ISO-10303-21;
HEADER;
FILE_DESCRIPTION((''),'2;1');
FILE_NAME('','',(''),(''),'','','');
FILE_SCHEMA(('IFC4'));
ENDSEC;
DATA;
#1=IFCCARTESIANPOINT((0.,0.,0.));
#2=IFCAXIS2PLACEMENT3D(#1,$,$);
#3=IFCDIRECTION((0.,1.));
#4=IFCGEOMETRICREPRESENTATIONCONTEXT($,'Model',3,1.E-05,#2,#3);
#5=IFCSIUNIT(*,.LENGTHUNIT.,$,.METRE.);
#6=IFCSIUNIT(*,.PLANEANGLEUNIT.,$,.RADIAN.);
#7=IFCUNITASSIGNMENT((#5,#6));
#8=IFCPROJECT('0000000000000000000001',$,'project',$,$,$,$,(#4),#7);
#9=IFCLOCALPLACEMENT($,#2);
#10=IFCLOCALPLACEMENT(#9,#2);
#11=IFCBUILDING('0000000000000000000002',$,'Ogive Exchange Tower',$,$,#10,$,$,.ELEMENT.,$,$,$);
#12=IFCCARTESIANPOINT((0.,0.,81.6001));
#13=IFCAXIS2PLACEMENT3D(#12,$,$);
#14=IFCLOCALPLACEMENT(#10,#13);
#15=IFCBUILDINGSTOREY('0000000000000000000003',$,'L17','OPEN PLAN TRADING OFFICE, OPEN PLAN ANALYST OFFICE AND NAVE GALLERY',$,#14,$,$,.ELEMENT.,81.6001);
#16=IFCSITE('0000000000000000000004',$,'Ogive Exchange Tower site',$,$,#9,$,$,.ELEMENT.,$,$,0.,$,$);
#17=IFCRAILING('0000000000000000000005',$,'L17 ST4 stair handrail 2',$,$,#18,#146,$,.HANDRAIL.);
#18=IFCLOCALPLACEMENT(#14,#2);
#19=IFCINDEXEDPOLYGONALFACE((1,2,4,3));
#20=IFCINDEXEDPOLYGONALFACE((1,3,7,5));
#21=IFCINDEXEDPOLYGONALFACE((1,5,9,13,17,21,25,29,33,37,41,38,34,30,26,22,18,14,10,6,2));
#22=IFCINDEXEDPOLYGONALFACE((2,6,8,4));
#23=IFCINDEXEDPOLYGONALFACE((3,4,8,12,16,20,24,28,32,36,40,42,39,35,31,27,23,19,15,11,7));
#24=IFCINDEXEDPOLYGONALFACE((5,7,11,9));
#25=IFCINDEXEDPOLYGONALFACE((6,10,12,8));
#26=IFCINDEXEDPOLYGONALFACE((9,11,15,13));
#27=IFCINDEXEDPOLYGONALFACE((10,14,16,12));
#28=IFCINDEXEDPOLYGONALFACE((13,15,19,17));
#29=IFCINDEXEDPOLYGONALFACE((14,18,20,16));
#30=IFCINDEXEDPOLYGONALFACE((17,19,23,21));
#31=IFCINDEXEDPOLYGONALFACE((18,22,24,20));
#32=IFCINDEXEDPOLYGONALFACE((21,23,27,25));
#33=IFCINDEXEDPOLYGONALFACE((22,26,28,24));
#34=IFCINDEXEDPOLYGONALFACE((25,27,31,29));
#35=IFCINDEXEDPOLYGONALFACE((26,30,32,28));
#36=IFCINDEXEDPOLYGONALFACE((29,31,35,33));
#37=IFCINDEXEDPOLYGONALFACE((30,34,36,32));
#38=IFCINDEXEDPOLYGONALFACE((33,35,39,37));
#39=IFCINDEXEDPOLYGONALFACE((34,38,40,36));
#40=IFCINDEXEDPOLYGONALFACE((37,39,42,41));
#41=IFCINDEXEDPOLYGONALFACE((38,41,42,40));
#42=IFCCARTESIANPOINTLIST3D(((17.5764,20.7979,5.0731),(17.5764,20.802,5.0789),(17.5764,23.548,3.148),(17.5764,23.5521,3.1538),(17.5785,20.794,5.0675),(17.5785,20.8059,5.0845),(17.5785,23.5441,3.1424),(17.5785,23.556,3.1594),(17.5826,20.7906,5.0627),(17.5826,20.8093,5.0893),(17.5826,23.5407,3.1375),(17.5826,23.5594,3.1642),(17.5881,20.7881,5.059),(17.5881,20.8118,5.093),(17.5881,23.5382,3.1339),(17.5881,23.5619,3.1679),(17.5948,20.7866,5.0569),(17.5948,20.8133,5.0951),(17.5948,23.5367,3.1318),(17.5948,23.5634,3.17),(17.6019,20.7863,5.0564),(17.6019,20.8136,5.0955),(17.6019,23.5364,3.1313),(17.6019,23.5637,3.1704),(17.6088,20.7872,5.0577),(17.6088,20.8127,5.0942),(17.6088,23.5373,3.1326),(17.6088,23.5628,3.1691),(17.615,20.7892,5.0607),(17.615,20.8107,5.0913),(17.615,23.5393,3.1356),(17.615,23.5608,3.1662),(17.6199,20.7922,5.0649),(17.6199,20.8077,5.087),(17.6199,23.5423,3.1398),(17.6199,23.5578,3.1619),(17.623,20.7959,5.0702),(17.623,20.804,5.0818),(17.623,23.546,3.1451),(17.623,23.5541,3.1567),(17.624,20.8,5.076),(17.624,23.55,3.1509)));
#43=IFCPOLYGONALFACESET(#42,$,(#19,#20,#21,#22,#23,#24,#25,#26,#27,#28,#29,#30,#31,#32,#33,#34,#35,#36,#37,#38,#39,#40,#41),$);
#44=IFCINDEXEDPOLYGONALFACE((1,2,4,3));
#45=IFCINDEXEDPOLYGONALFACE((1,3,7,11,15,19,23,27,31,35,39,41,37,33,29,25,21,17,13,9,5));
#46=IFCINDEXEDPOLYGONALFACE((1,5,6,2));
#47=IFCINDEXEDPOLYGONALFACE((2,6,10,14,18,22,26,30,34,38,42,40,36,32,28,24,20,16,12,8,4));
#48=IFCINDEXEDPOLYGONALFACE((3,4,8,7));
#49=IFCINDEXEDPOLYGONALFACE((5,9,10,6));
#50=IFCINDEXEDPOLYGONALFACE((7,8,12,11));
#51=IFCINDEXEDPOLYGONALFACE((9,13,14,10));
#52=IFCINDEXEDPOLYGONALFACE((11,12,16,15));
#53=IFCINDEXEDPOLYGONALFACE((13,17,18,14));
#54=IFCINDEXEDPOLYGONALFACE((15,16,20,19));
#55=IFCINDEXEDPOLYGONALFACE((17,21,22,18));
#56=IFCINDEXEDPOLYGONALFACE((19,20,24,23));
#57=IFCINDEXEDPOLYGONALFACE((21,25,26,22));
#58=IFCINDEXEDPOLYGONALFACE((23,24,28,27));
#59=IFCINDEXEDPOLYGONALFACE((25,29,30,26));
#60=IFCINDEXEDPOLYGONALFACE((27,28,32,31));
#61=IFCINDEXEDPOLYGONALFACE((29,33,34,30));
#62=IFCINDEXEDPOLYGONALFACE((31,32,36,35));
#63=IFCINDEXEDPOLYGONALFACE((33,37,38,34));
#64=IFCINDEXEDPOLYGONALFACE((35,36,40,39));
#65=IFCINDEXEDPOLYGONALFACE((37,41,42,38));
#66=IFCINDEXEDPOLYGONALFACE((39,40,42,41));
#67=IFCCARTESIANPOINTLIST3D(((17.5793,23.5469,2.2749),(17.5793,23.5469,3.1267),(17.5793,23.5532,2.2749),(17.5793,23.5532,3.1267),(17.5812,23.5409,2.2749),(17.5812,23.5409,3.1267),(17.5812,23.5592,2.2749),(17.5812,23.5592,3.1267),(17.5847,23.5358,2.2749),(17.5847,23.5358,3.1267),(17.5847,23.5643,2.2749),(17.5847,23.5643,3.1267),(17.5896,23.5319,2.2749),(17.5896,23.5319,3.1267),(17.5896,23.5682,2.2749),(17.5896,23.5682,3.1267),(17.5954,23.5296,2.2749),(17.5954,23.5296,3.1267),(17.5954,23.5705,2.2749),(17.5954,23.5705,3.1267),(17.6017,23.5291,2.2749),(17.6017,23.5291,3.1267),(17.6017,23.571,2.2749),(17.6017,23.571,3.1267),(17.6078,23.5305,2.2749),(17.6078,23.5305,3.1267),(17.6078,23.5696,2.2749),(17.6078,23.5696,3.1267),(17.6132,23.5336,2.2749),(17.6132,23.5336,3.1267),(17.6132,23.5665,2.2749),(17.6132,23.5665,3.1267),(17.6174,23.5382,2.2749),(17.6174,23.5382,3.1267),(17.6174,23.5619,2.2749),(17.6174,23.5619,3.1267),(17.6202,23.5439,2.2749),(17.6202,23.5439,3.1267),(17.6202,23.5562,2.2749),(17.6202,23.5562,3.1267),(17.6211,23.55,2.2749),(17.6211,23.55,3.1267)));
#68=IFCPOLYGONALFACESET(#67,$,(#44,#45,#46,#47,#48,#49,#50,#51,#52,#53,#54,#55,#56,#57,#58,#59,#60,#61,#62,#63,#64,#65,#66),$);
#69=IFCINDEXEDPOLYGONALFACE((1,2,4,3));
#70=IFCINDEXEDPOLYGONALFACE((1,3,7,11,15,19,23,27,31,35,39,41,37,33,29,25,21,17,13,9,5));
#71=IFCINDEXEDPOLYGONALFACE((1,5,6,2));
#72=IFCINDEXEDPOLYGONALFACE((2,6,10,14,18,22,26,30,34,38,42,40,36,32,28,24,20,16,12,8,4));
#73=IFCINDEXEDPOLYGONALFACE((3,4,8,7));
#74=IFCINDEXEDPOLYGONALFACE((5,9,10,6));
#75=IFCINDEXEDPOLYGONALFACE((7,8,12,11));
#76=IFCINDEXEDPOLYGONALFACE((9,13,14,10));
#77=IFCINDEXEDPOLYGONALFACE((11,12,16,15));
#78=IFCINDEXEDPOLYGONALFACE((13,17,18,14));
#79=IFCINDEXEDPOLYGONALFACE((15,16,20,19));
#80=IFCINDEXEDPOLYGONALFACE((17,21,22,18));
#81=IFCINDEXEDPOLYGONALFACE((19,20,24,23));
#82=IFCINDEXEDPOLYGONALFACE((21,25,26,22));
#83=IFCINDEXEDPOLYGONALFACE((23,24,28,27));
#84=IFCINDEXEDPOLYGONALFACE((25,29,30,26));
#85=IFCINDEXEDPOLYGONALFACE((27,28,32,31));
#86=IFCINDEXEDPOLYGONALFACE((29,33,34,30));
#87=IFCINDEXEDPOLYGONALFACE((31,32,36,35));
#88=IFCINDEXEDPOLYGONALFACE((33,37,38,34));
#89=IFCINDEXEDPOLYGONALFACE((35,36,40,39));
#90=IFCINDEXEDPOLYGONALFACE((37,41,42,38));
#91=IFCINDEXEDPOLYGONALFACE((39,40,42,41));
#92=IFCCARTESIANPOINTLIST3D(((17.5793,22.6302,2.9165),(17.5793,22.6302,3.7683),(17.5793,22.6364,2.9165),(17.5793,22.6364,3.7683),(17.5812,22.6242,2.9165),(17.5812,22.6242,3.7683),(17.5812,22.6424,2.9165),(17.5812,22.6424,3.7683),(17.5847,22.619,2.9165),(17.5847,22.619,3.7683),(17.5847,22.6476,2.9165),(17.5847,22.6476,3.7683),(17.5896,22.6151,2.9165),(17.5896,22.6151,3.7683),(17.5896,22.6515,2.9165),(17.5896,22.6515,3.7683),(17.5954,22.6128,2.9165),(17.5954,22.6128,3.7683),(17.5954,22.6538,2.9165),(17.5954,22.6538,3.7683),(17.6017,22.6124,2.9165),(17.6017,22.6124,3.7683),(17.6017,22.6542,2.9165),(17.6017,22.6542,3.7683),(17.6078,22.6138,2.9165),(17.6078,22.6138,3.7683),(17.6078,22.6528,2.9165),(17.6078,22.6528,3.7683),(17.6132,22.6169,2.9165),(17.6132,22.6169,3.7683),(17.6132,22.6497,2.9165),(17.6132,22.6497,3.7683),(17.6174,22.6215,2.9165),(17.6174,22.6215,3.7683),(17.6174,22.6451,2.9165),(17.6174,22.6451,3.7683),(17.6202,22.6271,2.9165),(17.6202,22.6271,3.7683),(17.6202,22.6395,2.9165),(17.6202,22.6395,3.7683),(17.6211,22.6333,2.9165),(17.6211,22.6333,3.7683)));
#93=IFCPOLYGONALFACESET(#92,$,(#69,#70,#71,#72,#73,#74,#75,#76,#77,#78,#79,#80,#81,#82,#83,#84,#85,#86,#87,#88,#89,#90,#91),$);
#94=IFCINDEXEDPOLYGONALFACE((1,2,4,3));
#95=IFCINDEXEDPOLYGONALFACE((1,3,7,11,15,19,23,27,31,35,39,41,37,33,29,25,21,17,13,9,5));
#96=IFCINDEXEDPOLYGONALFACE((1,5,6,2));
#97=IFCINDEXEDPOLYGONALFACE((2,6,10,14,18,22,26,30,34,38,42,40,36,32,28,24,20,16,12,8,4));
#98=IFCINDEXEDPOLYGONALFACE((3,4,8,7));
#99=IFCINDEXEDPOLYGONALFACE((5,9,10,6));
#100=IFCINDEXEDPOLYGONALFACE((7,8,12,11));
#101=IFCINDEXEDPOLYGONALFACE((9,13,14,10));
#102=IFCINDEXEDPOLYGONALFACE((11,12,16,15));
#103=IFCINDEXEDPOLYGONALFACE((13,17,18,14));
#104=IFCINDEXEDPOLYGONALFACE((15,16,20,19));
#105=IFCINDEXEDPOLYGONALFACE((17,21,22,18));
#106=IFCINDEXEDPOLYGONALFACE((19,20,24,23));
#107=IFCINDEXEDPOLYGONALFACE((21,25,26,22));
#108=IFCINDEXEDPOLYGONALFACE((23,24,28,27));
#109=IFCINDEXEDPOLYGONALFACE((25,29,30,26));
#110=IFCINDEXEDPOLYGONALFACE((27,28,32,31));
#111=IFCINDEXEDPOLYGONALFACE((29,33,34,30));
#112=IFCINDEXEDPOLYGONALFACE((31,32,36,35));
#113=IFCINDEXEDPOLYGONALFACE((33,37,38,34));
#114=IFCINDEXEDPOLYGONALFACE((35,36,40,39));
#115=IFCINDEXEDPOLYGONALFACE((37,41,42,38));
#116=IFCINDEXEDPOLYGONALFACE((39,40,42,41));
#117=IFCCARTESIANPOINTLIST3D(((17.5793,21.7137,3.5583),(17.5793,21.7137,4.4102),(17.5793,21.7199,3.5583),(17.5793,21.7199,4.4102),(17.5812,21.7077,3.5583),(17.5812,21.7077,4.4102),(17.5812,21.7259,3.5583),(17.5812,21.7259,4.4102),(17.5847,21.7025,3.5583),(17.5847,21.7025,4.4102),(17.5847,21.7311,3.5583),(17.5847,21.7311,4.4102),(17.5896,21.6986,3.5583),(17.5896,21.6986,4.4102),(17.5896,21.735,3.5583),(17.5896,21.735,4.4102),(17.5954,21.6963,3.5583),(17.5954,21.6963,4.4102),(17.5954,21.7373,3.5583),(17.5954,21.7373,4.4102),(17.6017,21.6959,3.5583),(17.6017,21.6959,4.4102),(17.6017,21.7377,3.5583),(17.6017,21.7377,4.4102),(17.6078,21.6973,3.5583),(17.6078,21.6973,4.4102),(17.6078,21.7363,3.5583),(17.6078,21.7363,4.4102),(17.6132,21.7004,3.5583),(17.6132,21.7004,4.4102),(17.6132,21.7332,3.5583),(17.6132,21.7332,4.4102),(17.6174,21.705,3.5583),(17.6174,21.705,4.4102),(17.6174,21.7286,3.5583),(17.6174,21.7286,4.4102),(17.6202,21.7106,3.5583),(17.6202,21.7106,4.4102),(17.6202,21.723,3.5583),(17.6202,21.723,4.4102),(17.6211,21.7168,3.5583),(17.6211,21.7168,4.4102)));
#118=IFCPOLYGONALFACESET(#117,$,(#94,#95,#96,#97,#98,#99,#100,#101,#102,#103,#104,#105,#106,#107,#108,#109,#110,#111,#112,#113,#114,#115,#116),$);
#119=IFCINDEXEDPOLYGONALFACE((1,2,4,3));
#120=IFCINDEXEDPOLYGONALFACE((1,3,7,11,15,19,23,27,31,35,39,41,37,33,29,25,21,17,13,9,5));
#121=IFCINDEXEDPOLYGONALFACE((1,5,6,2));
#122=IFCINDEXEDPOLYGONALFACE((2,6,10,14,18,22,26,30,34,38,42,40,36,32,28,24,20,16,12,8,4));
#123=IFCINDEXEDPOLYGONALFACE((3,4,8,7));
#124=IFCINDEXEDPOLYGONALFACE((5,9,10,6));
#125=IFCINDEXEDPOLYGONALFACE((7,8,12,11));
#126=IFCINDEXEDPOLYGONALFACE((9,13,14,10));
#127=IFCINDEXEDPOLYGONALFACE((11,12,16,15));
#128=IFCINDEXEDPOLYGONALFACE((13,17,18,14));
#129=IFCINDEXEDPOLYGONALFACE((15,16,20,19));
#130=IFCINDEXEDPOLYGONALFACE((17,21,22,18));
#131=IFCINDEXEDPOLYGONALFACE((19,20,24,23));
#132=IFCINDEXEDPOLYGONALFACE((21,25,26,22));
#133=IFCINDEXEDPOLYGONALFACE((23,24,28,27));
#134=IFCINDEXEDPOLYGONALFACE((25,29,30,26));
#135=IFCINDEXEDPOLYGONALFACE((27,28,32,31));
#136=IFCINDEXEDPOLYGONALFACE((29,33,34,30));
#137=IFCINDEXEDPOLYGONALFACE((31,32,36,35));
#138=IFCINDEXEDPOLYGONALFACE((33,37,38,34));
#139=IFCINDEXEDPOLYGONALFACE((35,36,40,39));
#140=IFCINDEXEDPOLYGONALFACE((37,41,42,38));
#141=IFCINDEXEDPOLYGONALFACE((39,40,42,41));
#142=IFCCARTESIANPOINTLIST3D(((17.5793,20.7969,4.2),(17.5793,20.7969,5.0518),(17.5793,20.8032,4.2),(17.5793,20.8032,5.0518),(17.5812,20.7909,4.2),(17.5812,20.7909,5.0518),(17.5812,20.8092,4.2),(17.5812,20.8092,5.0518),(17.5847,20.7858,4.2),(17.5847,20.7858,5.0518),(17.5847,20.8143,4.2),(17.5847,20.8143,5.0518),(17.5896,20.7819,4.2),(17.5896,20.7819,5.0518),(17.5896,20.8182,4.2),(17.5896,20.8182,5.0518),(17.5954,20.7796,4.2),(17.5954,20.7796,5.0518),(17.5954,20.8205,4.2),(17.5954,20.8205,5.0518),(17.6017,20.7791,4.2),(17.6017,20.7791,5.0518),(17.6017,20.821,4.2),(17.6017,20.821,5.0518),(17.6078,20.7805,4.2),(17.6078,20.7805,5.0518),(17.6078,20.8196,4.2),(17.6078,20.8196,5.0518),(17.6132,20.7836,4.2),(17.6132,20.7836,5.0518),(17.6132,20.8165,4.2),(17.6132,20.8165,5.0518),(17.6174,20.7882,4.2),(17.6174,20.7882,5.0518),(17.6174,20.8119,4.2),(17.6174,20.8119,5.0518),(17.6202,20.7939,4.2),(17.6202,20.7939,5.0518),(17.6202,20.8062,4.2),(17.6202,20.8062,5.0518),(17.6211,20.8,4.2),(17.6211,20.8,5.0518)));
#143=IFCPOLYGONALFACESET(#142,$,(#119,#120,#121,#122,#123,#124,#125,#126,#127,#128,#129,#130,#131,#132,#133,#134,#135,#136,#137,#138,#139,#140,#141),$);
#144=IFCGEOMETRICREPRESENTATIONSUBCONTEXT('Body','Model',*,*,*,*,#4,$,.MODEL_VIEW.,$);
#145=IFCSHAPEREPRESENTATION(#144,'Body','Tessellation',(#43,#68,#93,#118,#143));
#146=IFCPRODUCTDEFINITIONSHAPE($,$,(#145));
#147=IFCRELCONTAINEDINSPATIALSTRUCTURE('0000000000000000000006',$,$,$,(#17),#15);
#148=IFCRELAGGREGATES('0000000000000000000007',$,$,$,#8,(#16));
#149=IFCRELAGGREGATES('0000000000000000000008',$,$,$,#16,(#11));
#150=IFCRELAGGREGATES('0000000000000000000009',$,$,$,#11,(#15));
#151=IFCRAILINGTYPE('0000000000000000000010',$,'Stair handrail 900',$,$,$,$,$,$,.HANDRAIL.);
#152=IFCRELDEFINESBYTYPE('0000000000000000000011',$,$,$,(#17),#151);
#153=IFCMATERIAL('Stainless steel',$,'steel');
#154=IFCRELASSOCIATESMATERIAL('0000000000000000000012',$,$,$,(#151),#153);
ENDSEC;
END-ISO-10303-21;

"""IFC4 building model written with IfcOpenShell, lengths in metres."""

from ifc_helpers import new_model, si_unit, direction, frame, origin, origin_2d, place, context, subcontext, project, spatial, circle, extrude, material, type_object, element, save


model = new_model("IFC4")

# Units and contexts
model_context = context("Model", 3, precision=1e-05, world=origin(), true_north=direction((0.0, 1.0)))
body_context = subcontext(model_context, "Body", "Model", "MODEL_VIEW")
ifc_project = project(units=[si_unit("LENGTHUNIT", "METRE"), si_unit("PLANEANGLEUNIT", "RADIAN")], contexts=[model_context])

# Site, building, storey
site_placement = place(None, origin())
site = spatial("IfcSite", under=ifc_project, at=site_placement, Name="Ogive Exchange Tower site", CompositionType="ELEMENT", RefElevation=0.0)
building_placement = place(site_placement, origin())
building = spatial("IfcBuilding", under=site, at=building_placement, Name="Ogive Exchange Tower", CompositionType="ELEMENT")
storey_placement = place(building_placement, frame((0.0, 0.0, 81.6001)))
storey = spatial("IfcBuildingStorey", under=building, at=storey_placement, Name="L17", Description="OPEN PLAN TRADING OFFICE, OPEN PLAN ANALYST OFFICE AND NAVE GALLERY", CompositionType="ELEMENT", Elevation=81.6001)

# Railing
ifc_material_1 = material(Name="Stainless steel", Category="steel")
railing_type = type_object("IfcRailingType", Name="Stair handrail 900", PredefinedType="HANDRAIL", material=ifc_material_1)
railing_1_placement = place(storey_placement, frame((17.6001, 23.55, 2.2749)))
element("IfcRailing", 1, at=railing_1_placement, inside=storey, type_object=railing_type, Name="L17 ST4 stair handrail 2", PredefinedType="HANDRAIL", context=body_context, shape_type="SweptSolid", body=[
    extrude(circle(Radius=0.0239, at=origin_2d()), frame((0.0, 0.0, 0.876), z_axis=(0.0, -0.819225, 0.573472), x_axis=(1.0, 0.0, 0.0)), (0.0, 0.0, 1.0), 3.3569),
    extrude(circle(Radius=0.021, at=origin_2d()), origin(), (0.0, 0.0, 1.0), 0.8518),
    extrude(circle(Radius=0.021, at=origin_2d()), frame((0.0, -0.9167, 0.6416)), (0.0, 0.0, 1.0), 0.8518),
    extrude(circle(Radius=0.021, at=origin_2d()), frame((0.0, -1.8333, 1.2834)), (0.0, 0.0, 1.0), 0.8518),
    extrude(circle(Radius=0.021, at=origin_2d()), frame((0.0, -2.75, 1.925)), (0.0, 0.0, 1.0), 0.8518),
])

save(model, "model.ifc")
